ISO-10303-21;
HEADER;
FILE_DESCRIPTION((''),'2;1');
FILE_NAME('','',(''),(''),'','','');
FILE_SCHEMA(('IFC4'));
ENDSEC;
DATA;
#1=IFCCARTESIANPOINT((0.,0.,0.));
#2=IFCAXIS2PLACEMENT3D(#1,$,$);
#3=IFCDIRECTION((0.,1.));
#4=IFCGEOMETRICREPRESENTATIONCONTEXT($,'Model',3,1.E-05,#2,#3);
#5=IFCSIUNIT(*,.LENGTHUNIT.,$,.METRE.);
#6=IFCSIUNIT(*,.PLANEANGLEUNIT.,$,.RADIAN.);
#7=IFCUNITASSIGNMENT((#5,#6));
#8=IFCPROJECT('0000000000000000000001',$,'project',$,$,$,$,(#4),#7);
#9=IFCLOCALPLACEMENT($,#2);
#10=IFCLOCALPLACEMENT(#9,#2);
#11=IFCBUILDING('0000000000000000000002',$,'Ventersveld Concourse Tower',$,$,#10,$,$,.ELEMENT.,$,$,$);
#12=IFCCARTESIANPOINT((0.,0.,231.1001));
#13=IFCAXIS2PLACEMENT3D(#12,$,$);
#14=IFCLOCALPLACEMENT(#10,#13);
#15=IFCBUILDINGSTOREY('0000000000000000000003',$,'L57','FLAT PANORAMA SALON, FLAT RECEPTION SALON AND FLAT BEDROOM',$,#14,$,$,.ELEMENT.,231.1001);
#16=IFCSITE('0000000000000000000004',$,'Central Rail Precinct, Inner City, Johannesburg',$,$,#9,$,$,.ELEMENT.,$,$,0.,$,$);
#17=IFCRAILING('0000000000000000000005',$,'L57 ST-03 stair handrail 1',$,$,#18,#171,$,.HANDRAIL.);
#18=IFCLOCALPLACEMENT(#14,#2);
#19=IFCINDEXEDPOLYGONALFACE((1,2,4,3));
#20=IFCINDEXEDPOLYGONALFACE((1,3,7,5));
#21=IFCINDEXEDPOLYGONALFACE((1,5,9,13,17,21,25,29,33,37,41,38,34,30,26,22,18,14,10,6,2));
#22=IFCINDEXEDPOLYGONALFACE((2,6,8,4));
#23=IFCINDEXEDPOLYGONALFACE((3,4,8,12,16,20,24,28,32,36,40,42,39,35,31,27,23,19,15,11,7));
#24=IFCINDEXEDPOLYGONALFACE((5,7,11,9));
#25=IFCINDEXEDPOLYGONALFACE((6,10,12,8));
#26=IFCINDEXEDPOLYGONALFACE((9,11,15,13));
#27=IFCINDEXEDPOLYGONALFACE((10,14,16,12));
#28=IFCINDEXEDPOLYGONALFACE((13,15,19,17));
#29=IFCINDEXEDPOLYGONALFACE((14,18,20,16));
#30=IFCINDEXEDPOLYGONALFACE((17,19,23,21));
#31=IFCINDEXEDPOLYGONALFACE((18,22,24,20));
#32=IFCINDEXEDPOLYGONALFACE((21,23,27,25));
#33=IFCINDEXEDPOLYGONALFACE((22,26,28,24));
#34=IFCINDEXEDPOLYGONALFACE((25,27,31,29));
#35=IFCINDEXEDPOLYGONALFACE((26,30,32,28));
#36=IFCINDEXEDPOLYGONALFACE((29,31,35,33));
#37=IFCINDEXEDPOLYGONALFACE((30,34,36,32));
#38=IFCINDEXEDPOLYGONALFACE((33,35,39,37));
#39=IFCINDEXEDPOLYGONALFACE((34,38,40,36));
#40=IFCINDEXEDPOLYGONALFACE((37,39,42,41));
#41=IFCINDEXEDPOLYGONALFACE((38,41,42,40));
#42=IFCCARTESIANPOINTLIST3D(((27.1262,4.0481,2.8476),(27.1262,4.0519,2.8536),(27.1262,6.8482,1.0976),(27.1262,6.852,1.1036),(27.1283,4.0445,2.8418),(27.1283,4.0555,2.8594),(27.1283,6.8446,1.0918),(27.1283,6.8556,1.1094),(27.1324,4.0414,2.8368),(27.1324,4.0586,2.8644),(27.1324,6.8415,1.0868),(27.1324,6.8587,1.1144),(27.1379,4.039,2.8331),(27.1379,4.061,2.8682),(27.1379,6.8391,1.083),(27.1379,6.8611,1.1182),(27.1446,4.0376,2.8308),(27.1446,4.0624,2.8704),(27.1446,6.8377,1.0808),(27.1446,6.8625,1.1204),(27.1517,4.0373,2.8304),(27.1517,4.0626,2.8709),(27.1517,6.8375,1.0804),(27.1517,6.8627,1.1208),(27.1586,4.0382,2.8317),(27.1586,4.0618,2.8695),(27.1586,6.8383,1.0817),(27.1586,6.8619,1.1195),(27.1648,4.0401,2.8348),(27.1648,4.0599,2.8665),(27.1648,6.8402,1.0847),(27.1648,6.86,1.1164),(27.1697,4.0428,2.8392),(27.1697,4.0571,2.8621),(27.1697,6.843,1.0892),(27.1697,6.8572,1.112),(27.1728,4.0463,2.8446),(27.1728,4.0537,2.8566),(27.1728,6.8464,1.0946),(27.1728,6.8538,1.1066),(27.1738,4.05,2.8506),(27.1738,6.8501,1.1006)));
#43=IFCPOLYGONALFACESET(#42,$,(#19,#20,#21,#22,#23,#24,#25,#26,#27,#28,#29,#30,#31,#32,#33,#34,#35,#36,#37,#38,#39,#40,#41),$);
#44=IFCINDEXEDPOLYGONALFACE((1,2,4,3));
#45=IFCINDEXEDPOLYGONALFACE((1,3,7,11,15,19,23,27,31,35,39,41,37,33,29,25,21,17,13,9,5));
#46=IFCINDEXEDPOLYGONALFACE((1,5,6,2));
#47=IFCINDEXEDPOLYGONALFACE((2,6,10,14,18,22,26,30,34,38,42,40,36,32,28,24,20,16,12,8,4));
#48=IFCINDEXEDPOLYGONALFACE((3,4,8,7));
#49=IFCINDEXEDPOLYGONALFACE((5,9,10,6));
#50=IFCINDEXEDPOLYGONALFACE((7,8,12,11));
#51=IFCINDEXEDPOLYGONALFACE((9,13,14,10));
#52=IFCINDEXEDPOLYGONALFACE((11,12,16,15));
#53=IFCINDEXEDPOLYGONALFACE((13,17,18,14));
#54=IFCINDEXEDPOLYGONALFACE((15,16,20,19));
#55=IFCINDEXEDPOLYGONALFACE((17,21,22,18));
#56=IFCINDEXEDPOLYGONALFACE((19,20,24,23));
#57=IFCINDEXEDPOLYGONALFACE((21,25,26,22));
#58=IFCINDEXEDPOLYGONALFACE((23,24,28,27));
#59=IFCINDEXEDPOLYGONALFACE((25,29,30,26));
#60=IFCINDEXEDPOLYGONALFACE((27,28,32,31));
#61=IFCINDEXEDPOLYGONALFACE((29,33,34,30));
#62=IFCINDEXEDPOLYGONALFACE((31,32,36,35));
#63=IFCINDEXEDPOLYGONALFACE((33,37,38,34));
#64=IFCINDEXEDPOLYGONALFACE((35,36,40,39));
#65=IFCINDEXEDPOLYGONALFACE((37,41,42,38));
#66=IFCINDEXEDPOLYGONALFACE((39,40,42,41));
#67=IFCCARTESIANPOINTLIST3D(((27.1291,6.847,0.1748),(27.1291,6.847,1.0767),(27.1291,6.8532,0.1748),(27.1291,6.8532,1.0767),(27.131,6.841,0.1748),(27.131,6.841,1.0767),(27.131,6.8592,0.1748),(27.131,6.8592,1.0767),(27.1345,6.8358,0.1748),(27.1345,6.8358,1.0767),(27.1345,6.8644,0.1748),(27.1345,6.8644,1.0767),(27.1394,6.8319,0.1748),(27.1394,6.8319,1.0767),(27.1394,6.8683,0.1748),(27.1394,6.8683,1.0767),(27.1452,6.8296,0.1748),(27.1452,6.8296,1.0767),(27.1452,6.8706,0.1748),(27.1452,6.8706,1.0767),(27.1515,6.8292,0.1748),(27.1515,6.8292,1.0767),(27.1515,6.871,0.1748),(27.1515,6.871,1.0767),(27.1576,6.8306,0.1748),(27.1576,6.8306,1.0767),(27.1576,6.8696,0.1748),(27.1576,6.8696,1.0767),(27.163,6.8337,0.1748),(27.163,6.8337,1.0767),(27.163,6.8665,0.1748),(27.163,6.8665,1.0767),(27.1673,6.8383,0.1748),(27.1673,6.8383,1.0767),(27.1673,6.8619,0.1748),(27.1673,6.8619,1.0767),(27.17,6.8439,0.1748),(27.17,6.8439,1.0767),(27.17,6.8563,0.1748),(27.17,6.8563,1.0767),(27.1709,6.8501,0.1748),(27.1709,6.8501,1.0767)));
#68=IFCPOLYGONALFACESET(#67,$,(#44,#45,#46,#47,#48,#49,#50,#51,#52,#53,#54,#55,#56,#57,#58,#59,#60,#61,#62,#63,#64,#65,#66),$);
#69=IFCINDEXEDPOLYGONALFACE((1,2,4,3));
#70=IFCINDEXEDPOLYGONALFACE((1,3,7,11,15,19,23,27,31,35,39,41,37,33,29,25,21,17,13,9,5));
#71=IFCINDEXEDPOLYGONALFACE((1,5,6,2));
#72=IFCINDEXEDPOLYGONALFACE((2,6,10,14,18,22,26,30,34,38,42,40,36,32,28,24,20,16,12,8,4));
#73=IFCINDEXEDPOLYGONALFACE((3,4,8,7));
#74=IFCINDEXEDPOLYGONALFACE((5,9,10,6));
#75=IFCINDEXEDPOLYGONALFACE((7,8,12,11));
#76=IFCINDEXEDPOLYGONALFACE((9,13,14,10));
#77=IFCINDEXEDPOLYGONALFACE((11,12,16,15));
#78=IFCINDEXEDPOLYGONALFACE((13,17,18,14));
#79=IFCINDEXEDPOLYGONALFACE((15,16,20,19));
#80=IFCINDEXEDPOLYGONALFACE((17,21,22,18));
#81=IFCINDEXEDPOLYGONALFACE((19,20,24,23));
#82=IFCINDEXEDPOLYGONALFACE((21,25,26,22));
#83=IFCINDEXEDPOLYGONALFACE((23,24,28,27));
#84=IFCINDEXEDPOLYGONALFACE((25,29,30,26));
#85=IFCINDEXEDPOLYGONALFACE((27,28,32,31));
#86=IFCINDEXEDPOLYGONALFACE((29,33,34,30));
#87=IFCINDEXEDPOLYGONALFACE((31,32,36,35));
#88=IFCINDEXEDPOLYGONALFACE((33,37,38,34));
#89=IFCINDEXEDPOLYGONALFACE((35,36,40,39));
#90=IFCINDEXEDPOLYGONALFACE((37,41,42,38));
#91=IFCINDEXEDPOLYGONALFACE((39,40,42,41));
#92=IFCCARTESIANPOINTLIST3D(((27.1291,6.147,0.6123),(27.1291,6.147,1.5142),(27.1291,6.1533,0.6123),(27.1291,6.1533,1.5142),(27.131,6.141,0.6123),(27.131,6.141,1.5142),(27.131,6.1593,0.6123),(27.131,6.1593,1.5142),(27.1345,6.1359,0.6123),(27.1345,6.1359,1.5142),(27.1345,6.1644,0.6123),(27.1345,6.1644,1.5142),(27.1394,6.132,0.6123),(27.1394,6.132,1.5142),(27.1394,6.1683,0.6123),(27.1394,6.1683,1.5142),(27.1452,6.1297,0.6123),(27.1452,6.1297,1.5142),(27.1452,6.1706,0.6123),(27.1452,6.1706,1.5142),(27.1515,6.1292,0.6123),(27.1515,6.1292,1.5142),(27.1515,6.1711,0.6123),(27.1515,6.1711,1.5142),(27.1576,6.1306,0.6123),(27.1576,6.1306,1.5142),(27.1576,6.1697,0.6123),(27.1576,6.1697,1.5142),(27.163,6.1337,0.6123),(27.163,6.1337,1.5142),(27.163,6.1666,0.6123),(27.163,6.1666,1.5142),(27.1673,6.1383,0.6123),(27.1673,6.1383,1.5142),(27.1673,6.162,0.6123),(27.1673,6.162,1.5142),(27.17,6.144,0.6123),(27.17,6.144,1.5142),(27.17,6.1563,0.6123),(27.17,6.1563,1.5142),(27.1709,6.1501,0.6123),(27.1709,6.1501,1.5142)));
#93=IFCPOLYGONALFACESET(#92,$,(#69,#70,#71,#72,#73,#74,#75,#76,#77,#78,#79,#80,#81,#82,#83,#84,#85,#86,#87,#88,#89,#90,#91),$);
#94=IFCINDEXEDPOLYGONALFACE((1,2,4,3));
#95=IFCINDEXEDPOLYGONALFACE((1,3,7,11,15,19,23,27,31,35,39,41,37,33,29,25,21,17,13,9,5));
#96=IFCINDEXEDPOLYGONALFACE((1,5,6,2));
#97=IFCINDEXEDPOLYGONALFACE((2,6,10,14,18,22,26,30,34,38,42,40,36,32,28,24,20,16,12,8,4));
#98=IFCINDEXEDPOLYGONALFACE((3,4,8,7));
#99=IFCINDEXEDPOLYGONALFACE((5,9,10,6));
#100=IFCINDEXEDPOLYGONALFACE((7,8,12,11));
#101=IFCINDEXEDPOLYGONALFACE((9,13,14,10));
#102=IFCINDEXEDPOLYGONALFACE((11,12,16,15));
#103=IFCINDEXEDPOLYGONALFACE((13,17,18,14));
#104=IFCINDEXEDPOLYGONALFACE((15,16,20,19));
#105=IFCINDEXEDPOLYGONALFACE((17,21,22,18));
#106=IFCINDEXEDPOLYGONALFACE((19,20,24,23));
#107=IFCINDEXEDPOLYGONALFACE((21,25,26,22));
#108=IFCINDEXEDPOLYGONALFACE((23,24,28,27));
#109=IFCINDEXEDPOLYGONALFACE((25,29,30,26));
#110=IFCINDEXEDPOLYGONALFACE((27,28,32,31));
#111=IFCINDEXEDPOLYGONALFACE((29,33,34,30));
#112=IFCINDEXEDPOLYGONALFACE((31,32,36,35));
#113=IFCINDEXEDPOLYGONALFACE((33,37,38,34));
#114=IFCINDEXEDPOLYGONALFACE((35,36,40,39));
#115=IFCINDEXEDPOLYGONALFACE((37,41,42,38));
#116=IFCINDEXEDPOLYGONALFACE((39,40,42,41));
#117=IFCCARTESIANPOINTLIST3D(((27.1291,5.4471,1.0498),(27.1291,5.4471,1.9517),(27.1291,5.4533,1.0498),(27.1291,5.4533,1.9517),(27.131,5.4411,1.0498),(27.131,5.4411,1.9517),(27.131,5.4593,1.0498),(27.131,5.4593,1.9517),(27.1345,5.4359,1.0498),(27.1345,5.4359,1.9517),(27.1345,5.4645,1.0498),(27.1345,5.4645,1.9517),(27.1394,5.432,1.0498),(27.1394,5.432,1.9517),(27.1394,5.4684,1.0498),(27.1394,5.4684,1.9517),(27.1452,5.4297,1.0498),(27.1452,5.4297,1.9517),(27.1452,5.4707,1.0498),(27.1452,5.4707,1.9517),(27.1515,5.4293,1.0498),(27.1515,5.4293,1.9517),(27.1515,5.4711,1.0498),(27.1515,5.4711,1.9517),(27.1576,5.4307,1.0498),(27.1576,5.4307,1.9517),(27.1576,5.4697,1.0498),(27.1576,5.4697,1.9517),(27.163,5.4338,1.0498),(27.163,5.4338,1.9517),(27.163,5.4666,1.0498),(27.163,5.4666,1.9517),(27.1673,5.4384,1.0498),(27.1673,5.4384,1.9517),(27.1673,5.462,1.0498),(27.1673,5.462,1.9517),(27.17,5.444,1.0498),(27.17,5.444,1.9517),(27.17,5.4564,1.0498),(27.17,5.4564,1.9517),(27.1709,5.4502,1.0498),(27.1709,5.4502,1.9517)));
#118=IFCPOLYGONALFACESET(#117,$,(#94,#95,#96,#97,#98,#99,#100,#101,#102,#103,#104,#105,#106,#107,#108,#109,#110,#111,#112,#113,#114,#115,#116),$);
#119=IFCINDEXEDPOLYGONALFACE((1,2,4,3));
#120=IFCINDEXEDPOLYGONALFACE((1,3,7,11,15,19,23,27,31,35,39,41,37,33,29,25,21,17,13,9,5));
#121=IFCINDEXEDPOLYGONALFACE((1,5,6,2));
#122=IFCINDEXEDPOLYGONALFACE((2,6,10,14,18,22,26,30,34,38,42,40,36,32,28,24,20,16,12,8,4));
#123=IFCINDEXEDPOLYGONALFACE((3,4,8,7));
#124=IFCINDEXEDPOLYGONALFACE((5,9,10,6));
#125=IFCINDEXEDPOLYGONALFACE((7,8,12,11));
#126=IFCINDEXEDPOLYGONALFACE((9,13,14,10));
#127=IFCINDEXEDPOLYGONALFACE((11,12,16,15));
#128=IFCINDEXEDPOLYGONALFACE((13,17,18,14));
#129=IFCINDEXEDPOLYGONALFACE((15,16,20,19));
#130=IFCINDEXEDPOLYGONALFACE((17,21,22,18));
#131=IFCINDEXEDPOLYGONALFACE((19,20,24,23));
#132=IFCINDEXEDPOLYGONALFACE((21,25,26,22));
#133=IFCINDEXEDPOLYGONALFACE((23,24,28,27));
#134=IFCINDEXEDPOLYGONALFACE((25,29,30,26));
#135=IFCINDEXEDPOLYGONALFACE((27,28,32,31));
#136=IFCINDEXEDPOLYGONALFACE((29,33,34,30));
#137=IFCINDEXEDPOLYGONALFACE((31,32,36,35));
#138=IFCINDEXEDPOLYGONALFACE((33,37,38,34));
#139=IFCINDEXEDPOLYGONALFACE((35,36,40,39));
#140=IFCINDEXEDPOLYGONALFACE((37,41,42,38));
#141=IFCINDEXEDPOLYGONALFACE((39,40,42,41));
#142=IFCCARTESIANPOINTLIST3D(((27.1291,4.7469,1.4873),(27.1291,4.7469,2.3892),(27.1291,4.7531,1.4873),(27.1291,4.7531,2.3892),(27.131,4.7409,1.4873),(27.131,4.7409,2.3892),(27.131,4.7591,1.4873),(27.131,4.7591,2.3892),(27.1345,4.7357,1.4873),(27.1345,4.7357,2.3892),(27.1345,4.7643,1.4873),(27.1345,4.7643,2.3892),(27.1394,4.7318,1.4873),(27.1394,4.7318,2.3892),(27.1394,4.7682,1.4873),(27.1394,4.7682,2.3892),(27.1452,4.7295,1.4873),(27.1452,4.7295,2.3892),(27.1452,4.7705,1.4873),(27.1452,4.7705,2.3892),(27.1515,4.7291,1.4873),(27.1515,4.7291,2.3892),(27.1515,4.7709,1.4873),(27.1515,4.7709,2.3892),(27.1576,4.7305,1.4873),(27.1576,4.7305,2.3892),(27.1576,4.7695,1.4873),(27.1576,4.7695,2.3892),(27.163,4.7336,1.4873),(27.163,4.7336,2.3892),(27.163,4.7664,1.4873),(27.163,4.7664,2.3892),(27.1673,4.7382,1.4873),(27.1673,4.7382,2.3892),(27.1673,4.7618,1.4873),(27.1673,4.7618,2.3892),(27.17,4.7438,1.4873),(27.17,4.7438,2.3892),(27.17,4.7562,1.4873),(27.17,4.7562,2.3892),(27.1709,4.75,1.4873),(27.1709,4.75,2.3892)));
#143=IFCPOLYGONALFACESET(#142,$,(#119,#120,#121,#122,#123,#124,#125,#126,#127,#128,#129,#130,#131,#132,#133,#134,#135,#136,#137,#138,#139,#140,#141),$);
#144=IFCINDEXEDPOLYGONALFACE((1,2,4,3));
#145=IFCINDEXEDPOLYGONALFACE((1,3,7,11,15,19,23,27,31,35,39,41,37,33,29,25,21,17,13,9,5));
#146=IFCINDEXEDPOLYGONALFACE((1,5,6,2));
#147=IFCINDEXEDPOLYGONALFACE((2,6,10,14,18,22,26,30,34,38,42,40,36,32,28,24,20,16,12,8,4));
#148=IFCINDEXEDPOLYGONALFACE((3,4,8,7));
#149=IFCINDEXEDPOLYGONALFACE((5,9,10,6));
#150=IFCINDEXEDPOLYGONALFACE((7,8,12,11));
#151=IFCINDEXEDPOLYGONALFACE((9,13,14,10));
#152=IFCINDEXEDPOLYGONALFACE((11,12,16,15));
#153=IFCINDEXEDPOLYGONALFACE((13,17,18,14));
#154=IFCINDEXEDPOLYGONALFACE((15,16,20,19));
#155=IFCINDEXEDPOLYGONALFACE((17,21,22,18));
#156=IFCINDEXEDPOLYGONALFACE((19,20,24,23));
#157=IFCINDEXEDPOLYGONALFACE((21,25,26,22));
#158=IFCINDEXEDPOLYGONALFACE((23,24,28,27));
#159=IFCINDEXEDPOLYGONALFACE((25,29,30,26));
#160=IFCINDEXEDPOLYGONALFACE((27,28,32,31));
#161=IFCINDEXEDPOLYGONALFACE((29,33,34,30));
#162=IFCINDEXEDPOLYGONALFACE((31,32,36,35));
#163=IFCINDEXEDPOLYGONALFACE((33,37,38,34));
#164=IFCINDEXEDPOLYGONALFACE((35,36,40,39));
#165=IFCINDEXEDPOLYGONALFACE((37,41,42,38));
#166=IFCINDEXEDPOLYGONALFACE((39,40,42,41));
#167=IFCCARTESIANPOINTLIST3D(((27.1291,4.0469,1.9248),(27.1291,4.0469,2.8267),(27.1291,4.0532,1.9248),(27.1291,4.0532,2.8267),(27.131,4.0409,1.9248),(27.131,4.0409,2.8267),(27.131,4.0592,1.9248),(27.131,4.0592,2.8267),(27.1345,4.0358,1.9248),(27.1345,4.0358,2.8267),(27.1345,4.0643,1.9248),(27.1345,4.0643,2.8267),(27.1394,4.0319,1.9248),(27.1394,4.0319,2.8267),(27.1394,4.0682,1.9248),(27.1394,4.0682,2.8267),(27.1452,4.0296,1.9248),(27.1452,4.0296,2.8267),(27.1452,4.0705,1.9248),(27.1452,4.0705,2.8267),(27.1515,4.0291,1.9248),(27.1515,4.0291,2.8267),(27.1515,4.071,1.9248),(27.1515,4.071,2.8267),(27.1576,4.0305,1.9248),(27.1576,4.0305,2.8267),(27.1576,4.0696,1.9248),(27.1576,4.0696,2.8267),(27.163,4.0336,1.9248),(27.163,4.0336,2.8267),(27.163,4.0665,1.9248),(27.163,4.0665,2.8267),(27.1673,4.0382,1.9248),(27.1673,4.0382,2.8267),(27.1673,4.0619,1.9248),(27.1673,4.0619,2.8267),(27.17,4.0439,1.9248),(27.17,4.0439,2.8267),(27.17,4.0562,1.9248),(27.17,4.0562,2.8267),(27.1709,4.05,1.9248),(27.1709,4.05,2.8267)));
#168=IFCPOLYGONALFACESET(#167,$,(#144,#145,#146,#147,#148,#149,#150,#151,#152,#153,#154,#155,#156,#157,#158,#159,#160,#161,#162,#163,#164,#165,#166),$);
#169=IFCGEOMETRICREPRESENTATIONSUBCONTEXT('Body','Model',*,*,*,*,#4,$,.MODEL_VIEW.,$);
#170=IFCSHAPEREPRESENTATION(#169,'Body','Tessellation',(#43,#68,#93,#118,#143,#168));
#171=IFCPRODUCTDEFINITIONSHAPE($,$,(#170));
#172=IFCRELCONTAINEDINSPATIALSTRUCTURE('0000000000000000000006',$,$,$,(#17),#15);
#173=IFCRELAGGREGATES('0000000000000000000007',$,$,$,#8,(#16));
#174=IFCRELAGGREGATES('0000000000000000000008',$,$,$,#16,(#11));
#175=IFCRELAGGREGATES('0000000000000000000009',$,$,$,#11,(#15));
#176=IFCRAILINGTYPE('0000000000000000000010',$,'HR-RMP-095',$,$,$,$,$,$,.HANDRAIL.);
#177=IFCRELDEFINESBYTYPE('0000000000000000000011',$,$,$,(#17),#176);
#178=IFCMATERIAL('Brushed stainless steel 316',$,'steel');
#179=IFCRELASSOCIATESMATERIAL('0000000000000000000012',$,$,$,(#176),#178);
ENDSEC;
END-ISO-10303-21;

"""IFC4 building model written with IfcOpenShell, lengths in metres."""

from ifc_helpers import new_model, si_unit, direction, frame, origin, origin_2d, place, context, subcontext, project, spatial, circle, extrude, material, type_object, element, save


model = new_model("IFC4")

# Units and contexts
model_context = context("Model", 3, precision=1e-05, world=origin(), true_north=direction((0.0, 1.0)))
body_context = subcontext(model_context, "Body", "Model", "MODEL_VIEW")
ifc_project = project(units=[si_unit("LENGTHUNIT", "METRE"), si_unit("PLANEANGLEUNIT", "RADIAN")], contexts=[model_context])

# Site, building, storey
site_placement = place(None, origin())
site = spatial("IfcSite", under=ifc_project, at=site_placement, Name="Central Rail Precinct, Inner City, Johannesburg", CompositionType="ELEMENT", RefElevation=0.0)
building_placement = place(site_placement, origin())
building = spatial("IfcBuilding", under=site, at=building_placement, Name="Ventersveld Concourse Tower", CompositionType="ELEMENT")
storey_placement = place(building_placement, frame((0.0, 0.0, 231.1001)))
storey = spatial("IfcBuildingStorey", under=building, at=storey_placement, Name="L57", Description="FLAT PANORAMA SALON, FLAT RECEPTION SALON AND FLAT BEDROOM", CompositionType="ELEMENT", Elevation=231.1001)

# Railing
ifc_material_1 = material(Name="Brushed stainless steel 316", Category="steel")
railing_type_1 = type_object("IfcRailingType", Name="HR-RMP-095", PredefinedType="HANDRAIL", material=ifc_material_1)
railing_1_placement = place(storey_placement, frame((27.1499, 6.8501, 0.1748)))
element("IfcRailing", 1, at=railing_1_placement, inside=storey, type_object=railing_type_1, Name="L57 ST-03 stair handrail 1", PredefinedType="HANDRAIL", context=body_context, shape_type="SweptSolid", body=[
    extrude(circle(Radius=0.0239, at=origin_2d()), frame((0.0, 0.0, 0.9258), z_axis=(0.0, -0.848002, 0.529992), x_axis=(1.0, 0.0, 0.0)), (0.0, 0.0, 1.0), 3.302),
    extrude(circle(Radius=0.021, at=origin_2d()), origin(), (0.0, 0.0, 1.0), 0.9019),
    extrude(circle(Radius=0.021, at=origin_2d()), frame((0.0, -0.7, 0.4375)), (0.0, 0.0, 1.0), 0.9019),
    extrude(circle(Radius=0.021, at=origin_2d()), frame((0.0, -1.3999, 0.875)), (0.0, 0.0, 1.0), 0.9019),
    extrude(circle(Radius=0.021, at=origin_2d()), frame((0.0, -2.1001, 1.3125)), (0.0, 0.0, 1.0), 0.9019),
    extrude(circle(Radius=0.021, at=origin_2d()), frame((0.0, -2.8, 1.75)), (0.0, 0.0, 1.0), 0.9019),
])

save(model, "model.ifc")
